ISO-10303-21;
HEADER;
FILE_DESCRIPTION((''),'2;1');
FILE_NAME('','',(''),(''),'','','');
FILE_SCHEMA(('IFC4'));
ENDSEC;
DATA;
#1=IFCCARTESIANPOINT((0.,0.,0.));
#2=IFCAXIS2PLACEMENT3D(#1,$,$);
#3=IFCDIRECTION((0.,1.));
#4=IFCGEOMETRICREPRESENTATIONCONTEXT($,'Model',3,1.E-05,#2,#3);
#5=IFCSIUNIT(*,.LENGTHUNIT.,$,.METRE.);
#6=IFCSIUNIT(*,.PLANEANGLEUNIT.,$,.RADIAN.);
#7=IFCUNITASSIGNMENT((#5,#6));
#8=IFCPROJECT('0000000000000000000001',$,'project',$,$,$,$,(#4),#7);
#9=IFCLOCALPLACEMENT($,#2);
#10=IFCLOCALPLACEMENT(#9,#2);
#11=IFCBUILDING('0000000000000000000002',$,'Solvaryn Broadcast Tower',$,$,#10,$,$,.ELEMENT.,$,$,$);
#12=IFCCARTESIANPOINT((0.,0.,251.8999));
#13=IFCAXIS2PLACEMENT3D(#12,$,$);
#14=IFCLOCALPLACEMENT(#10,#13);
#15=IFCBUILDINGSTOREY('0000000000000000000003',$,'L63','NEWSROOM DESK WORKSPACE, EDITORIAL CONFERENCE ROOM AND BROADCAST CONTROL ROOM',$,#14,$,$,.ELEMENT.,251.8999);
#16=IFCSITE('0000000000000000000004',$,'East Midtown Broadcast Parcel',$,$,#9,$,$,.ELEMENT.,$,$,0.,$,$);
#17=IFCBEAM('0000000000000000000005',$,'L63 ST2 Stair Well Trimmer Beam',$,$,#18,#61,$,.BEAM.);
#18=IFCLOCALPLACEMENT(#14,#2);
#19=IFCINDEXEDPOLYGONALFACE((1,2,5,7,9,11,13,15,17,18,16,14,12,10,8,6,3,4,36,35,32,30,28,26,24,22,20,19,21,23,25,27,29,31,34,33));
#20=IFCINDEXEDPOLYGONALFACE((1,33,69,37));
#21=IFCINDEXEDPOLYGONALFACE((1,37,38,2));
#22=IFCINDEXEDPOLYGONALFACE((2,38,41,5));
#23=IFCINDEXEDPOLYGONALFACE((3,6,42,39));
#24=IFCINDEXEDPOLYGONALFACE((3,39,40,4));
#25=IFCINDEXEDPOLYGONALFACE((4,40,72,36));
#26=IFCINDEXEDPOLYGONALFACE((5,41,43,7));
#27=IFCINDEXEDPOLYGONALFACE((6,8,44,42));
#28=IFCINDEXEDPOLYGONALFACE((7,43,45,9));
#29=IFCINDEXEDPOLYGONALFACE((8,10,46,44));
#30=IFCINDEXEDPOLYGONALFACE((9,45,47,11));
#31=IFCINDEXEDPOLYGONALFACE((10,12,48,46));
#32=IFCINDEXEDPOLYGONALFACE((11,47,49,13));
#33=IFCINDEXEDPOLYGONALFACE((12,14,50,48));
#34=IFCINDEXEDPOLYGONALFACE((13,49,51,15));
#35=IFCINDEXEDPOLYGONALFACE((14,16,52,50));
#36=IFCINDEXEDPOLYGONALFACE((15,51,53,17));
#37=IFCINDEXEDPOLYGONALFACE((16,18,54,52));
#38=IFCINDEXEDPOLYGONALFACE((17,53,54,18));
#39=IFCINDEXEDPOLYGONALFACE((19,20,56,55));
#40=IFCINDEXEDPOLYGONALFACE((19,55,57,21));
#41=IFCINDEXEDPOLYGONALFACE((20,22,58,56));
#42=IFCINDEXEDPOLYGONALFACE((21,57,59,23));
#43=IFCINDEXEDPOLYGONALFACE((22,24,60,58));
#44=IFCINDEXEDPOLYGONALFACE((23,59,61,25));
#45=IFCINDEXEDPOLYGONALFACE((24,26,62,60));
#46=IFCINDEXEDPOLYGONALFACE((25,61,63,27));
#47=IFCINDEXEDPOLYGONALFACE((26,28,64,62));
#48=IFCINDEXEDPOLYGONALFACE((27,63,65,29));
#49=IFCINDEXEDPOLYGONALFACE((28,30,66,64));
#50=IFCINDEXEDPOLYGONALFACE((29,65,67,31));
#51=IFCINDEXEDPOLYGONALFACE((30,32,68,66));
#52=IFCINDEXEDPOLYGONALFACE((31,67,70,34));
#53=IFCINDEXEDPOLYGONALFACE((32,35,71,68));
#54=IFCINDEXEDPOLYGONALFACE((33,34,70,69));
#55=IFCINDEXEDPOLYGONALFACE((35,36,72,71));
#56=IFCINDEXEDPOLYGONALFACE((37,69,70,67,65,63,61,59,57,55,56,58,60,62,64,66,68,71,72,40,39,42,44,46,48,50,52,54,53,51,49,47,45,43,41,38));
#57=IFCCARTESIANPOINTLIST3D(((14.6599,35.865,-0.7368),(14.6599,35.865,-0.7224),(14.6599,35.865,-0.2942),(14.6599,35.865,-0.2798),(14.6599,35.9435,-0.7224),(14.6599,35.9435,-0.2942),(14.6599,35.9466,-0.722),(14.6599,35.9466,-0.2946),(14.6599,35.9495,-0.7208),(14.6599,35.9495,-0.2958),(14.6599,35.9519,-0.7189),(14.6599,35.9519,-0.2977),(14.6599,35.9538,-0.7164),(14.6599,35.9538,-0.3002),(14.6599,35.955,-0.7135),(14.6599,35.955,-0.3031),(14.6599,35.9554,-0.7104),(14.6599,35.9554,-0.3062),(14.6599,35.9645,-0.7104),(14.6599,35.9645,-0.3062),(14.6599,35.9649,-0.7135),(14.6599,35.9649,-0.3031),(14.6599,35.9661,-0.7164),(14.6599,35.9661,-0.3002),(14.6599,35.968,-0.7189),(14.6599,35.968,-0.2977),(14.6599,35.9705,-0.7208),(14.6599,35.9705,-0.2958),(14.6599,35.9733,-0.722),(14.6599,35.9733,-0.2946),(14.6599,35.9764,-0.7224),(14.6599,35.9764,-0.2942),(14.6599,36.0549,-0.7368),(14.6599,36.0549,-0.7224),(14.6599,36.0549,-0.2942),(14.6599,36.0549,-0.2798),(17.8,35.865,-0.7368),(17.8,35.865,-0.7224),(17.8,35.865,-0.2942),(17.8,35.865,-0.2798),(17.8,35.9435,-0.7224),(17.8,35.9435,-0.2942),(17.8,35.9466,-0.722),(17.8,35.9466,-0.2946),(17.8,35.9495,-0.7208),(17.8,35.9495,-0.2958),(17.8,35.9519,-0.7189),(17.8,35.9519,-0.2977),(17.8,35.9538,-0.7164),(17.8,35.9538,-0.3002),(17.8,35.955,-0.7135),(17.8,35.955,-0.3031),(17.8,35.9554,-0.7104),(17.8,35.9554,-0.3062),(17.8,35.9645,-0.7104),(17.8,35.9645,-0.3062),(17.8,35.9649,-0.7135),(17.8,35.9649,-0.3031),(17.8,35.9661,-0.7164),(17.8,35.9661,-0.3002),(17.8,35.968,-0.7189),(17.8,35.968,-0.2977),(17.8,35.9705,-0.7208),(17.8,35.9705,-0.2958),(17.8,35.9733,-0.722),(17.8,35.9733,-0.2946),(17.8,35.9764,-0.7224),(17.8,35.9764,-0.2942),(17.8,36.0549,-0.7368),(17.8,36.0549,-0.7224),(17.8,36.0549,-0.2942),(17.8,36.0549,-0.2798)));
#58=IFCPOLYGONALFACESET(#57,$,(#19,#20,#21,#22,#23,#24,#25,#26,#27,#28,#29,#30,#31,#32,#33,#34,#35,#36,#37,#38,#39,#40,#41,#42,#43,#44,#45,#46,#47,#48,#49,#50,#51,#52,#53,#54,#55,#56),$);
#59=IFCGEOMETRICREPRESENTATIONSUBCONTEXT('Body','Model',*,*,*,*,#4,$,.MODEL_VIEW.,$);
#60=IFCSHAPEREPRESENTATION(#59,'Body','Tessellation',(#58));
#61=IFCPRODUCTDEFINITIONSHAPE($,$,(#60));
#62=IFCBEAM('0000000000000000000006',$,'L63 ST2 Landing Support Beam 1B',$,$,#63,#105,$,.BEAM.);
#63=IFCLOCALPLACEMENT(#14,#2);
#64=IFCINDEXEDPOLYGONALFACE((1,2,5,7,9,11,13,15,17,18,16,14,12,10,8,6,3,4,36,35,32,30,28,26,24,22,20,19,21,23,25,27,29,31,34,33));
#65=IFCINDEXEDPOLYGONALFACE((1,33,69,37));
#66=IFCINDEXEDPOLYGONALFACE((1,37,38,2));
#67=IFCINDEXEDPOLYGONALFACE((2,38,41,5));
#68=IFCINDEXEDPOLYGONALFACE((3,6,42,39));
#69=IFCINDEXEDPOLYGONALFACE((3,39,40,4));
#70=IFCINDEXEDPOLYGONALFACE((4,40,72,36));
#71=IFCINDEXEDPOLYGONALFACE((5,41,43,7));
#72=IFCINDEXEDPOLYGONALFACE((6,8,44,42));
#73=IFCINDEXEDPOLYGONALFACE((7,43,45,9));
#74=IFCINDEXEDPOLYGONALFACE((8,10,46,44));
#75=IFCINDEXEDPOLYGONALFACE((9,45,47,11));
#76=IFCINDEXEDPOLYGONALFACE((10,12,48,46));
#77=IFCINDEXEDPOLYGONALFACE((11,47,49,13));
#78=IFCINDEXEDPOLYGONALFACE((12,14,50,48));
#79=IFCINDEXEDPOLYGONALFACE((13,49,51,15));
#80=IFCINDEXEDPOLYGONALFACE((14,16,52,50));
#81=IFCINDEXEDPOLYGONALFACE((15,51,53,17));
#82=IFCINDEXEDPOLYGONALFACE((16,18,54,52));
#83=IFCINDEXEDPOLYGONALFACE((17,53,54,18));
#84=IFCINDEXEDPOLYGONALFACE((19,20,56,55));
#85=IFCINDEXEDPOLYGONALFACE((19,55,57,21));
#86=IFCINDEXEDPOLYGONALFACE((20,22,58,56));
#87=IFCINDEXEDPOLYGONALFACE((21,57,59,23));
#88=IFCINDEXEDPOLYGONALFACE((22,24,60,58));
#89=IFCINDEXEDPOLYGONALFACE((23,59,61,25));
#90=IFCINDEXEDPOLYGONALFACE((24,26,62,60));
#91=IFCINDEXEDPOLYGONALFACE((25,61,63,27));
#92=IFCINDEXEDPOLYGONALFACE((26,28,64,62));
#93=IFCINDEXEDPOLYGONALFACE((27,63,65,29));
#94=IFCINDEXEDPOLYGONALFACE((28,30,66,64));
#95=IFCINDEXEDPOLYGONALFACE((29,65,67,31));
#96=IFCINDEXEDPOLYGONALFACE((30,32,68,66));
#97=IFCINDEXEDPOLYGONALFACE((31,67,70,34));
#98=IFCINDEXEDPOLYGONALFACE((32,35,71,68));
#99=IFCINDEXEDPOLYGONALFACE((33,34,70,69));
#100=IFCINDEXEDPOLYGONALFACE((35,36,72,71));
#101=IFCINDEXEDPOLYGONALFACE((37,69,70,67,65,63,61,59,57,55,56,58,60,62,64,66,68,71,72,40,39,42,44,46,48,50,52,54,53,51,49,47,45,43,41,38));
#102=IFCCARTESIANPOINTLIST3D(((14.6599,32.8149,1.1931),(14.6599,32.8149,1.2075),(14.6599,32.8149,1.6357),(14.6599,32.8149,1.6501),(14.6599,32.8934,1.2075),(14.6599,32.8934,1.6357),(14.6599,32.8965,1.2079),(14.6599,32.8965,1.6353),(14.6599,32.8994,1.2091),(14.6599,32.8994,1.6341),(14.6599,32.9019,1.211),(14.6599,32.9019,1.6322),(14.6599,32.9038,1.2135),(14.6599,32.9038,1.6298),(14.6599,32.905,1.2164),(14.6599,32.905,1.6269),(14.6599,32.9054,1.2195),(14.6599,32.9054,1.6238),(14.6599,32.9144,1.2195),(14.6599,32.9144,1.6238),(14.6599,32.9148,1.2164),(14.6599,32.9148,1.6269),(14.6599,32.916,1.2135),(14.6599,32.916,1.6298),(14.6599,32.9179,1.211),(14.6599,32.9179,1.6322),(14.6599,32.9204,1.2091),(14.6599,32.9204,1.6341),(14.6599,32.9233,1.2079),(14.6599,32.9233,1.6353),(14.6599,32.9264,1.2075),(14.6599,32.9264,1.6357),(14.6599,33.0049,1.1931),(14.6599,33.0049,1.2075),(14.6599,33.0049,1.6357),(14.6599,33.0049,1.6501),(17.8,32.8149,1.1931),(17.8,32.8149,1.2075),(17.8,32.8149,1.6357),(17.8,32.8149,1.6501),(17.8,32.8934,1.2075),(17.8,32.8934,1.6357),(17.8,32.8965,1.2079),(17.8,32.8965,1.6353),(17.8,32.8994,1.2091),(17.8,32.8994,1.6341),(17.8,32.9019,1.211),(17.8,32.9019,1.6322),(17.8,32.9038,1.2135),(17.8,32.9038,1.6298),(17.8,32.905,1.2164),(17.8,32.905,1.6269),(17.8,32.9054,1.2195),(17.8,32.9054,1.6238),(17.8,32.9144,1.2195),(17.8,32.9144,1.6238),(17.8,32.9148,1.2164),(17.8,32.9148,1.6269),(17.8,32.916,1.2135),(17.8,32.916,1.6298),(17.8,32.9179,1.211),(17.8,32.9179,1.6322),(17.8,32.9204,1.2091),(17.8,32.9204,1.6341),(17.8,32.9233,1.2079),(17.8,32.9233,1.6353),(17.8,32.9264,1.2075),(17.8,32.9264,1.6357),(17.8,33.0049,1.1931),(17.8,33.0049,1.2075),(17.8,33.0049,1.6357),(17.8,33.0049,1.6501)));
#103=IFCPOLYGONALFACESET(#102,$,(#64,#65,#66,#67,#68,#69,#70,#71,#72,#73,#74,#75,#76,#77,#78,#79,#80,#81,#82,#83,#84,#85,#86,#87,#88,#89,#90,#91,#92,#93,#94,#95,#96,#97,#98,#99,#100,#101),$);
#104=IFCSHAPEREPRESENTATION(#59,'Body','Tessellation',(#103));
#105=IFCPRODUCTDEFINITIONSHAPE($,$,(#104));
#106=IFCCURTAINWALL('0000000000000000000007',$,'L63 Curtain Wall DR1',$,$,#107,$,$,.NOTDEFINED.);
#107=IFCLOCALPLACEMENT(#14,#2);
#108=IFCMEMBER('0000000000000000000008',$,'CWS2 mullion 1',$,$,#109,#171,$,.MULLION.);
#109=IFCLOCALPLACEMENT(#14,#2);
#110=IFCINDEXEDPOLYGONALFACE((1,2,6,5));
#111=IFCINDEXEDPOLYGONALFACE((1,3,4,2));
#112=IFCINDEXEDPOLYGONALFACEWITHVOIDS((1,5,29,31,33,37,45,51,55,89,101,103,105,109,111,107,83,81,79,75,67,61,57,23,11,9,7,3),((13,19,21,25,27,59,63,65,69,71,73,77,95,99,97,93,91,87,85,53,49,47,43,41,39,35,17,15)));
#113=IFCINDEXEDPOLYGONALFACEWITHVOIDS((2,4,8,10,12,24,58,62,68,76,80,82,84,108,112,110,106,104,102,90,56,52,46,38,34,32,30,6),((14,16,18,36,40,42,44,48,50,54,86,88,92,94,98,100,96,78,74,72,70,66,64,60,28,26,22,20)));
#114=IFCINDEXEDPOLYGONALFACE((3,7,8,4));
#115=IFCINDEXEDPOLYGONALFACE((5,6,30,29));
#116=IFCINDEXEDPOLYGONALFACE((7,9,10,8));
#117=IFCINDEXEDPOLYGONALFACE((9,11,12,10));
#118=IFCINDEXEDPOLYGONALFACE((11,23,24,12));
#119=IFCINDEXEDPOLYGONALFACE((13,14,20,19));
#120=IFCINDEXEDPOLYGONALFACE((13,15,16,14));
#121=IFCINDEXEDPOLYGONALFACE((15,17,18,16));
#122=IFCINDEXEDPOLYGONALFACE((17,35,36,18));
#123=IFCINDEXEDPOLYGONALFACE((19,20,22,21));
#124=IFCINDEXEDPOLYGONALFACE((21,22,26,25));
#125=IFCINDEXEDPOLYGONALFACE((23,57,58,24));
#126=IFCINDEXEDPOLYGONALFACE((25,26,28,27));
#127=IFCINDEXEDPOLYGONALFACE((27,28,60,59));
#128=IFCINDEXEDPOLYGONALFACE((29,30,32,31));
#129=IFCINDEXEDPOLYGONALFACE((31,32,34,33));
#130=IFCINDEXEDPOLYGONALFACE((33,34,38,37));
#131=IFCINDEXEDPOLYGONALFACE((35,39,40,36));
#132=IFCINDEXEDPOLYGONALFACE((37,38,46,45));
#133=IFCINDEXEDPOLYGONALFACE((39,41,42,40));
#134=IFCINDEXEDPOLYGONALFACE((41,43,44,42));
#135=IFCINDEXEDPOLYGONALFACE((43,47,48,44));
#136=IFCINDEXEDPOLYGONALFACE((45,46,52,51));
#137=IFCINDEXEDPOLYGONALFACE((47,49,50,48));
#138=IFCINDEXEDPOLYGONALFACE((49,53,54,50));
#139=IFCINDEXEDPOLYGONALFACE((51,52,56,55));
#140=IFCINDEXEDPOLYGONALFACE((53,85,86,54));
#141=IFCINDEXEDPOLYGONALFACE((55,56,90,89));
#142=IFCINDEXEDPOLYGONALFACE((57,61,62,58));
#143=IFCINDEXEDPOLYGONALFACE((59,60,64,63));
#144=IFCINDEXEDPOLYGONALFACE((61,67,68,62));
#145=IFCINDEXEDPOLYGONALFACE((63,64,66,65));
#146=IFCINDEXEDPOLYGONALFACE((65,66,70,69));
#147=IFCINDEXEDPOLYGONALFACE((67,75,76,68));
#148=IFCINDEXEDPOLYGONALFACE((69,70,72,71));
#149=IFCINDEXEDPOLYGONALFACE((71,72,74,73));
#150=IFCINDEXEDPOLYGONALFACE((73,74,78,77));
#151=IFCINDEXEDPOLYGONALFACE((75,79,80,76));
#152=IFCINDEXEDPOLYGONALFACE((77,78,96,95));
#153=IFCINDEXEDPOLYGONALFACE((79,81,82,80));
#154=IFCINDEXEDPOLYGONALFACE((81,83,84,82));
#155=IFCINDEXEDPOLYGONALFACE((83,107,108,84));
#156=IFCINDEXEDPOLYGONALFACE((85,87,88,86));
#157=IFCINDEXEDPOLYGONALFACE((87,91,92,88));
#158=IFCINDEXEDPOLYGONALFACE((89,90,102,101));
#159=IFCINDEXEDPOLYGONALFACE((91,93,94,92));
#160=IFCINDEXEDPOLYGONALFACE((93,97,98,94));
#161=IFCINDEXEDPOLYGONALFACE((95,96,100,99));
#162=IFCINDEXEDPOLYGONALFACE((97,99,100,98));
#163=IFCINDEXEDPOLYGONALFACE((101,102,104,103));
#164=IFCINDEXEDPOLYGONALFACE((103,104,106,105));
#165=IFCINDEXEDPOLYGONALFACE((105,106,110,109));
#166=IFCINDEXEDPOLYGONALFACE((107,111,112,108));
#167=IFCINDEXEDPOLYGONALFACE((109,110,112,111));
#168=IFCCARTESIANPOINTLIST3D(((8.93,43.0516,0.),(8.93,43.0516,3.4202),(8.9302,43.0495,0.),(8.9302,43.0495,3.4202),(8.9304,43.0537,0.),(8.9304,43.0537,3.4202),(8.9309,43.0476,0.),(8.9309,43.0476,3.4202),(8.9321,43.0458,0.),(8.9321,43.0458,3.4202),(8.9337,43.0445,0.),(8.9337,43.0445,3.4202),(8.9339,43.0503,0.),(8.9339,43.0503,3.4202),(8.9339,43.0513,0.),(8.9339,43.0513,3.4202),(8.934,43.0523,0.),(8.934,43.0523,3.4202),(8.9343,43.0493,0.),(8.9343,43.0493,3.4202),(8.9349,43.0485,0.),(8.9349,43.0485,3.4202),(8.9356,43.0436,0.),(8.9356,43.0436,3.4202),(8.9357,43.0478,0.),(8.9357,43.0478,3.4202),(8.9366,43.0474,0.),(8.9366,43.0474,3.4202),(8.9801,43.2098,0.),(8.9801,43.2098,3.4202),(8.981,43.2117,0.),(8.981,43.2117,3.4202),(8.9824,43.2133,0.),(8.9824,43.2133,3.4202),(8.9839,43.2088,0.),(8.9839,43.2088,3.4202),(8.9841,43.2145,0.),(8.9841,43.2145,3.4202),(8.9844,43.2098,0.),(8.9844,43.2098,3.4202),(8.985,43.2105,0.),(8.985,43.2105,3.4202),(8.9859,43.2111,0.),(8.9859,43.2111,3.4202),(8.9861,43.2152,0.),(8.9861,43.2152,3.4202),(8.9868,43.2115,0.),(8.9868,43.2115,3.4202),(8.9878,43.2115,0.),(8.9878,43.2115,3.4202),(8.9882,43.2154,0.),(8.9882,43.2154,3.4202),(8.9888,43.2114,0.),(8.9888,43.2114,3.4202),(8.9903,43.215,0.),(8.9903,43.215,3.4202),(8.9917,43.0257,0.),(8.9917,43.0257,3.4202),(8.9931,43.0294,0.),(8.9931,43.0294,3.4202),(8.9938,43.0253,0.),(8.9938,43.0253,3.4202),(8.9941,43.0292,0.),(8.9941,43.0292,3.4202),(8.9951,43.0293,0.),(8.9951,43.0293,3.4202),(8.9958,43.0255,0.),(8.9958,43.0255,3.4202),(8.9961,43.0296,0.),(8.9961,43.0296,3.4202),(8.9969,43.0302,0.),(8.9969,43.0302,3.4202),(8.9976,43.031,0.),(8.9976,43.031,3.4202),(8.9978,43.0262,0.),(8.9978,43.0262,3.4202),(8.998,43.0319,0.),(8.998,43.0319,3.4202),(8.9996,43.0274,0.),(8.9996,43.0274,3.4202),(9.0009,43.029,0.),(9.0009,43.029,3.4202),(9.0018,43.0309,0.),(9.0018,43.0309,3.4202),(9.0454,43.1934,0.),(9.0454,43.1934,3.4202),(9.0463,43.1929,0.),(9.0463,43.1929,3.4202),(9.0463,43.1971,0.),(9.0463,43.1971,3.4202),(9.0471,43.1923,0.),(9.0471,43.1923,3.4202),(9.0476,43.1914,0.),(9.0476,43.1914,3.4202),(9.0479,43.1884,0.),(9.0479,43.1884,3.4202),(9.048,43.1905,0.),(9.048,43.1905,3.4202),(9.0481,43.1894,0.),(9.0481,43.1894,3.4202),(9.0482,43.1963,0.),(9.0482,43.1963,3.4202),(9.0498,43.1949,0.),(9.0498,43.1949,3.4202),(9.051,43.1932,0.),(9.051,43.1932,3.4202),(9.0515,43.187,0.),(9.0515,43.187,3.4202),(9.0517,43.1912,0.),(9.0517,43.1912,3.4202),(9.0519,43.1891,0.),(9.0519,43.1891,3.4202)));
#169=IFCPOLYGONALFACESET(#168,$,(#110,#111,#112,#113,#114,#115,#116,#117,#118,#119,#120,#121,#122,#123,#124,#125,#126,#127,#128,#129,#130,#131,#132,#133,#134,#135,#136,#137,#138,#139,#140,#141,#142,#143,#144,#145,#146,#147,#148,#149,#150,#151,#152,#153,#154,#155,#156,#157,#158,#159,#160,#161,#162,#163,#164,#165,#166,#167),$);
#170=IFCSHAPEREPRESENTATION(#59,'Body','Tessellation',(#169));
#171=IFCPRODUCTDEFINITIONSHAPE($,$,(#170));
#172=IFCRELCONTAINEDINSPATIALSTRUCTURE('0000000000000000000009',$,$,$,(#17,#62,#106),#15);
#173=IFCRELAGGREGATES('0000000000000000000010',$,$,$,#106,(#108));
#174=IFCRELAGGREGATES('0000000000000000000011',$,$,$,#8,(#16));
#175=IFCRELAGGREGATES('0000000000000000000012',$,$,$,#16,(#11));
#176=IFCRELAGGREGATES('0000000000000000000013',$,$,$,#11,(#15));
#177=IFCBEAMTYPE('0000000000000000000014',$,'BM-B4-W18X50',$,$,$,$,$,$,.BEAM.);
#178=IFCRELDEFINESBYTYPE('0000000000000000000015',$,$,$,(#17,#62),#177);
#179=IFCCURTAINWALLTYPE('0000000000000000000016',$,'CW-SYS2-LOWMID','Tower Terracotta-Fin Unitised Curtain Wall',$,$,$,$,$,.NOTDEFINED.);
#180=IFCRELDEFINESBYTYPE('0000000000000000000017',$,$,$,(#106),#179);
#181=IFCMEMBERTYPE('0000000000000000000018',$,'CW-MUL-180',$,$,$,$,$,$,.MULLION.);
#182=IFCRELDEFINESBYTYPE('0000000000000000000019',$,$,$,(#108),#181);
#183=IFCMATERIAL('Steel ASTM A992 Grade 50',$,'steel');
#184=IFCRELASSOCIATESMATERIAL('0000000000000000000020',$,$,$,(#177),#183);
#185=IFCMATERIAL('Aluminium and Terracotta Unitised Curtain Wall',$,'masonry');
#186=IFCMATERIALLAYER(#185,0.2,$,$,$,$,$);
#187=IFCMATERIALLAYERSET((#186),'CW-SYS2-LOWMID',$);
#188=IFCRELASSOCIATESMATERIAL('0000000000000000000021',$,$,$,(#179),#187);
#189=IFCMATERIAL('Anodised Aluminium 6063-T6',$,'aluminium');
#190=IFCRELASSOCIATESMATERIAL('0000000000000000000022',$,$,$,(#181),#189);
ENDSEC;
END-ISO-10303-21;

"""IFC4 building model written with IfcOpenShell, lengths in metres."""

from ifc_helpers import new_model, si_unit, direction, frame, origin, origin_2d, place, context, subcontext, project, spatial, hollow_rectangle, i_section, extrude, material, layer, layer_set, material_profile, profile_set, type_object, element, aggregate, save


model = new_model("IFC4")

# Units and contexts
model_context = context("Model", 3, precision=1e-05, world=origin(), true_north=direction((0.0, 1.0)))
body_context = subcontext(model_context, "Body", "Model", "MODEL_VIEW")
ifc_project = project(units=[si_unit("LENGTHUNIT", "METRE"), si_unit("PLANEANGLEUNIT", "RADIAN")], contexts=[model_context])

# Site, building, storey
site_placement = place(None, origin())
site = spatial("IfcSite", under=ifc_project, at=site_placement, Name="East Midtown Broadcast Parcel", CompositionType="ELEMENT", RefElevation=0.0)
building_placement = place(site_placement, origin())
building = spatial("IfcBuilding", under=site, at=building_placement, Name="Solvaryn Broadcast Tower", CompositionType="ELEMENT")
storey_placement = place(building_placement, frame((0.0, 0.0, 251.8999)))
storey = spatial("IfcBuildingStorey", under=building, at=storey_placement, Name="L63", Description="NEWSROOM DESK WORKSPACE, EDITORIAL CONFERENCE ROOM AND BROADCAST CONTROL ROOM", CompositionType="ELEMENT", Elevation=251.8999)

# Beams
ifc_material_1 = material(Name="Steel ASTM A992 Grade 50", Category="steel")
ifc_material_profile_1 = material_profile(ifc_material_1, i_section(OverallWidth=0.1899, OverallDepth=0.457, WebThickness=0.009, FlangeThickness=0.0144, FilletRadius=0.012, at=origin_2d()))
ifc_profile_set_1 = profile_set([ifc_material_profile_1], Name="Steel ASTM A992 Grade 50")
beam_type_1 = type_object("IfcBeamType", Name="BM-B4-W18X50", PredefinedType="BEAM", material=ifc_profile_set_1)
for number, where, z_axis, x_axis, name in (
    (1, (14.6599, 35.96, -0.5083), (1.0, 0.0, 0.0), (0.0, 1.0, 0.0), "L63 ST2 Stair Well Trimmer Beam"),
    (2, (14.6599, 32.9099, 1.4216), (1.0, 0.0, 0.0), (0.0, 1.0, 0.0), "L63 ST2 Landing Support Beam 1B"),
):
    element("IfcBeam", number, at=place(storey_placement, frame(where, z_axis=z_axis, x_axis=x_axis)), inside=storey, type_object=beam_type_1, Name=name, PredefinedType="BEAM", context=body_context, shape_type="SweptSolid", body=[
        extrude(i_section(OverallWidth=0.1899, OverallDepth=0.457, WebThickness=0.009, FlangeThickness=0.0144, FilletRadius=0.012, at=origin_2d()), origin(), (0.0, 0.0, 1.0), 3.1401),
    ])

# Curtain wall, member
ifc_material_2 = material(Name="Aluminium and Terracotta Unitised Curtain Wall", Category="masonry")
ifc_layer_1 = layer(ifc_material_2, 0.2)
ifc_layer_set_1 = layer_set([ifc_layer_1], Name="CW-SYS2-LOWMID")
curtain_wall_type = type_object("IfcCurtainWallType", Name="CW-SYS2-LOWMID", Description="Tower Terracotta-Fin Unitised Curtain Wall", PredefinedType="NOTDEFINED", material=ifc_layer_set_1)
curtain_wall_1_placement = place(storey_placement, origin())
curtain_wall_1 = element("IfcCurtainWall", 3, at=curtain_wall_1_placement, inside=storey, type_object=curtain_wall_type, Name="L63 Curtain Wall DR1", PredefinedType="NOTDEFINED")
ifc_material_3 = material(Name="Anodised Aluminium 6063-T6", Category="aluminium")
ifc_material_profile_2 = material_profile(ifc_material_3, hollow_rectangle(XDim=0.075, YDim=0.1799, WallThickness=0.0039, InnerFilletRadius=0.0039, OuterFilletRadius=0.0081, at=origin_2d()))
ifc_profile_set_2 = profile_set([ifc_material_profile_2], Name="Anodised Aluminium 6063-T6")
member_type_1 = type_object("IfcMemberType", Name="CW-MUL-180", PredefinedType="MULLION", material=ifc_profile_set_2)
member_1_placement = place(storey_placement, frame((8.991, 43.1204, 0.0), z_axis=(0.0, 0.0, 1.0), x_axis=(0.952795, -0.303616, 0.0)))
member_1 = element("IfcMember", 4, at=member_1_placement, type_object=member_type_1, Name="CWS2 mullion 1", PredefinedType="MULLION", context=body_context, shape_type="SweptSolid", body=[
    extrude(hollow_rectangle(XDim=0.075, YDim=0.1799, WallThickness=0.0039, InnerFilletRadius=0.0039, OuterFilletRadius=0.0081, at=origin_2d()), origin(), (0.0, 0.0, 1.0), 3.4202),
])

aggregate(curtain_wall_1, [member_1])

save(model, "model.ifc")
